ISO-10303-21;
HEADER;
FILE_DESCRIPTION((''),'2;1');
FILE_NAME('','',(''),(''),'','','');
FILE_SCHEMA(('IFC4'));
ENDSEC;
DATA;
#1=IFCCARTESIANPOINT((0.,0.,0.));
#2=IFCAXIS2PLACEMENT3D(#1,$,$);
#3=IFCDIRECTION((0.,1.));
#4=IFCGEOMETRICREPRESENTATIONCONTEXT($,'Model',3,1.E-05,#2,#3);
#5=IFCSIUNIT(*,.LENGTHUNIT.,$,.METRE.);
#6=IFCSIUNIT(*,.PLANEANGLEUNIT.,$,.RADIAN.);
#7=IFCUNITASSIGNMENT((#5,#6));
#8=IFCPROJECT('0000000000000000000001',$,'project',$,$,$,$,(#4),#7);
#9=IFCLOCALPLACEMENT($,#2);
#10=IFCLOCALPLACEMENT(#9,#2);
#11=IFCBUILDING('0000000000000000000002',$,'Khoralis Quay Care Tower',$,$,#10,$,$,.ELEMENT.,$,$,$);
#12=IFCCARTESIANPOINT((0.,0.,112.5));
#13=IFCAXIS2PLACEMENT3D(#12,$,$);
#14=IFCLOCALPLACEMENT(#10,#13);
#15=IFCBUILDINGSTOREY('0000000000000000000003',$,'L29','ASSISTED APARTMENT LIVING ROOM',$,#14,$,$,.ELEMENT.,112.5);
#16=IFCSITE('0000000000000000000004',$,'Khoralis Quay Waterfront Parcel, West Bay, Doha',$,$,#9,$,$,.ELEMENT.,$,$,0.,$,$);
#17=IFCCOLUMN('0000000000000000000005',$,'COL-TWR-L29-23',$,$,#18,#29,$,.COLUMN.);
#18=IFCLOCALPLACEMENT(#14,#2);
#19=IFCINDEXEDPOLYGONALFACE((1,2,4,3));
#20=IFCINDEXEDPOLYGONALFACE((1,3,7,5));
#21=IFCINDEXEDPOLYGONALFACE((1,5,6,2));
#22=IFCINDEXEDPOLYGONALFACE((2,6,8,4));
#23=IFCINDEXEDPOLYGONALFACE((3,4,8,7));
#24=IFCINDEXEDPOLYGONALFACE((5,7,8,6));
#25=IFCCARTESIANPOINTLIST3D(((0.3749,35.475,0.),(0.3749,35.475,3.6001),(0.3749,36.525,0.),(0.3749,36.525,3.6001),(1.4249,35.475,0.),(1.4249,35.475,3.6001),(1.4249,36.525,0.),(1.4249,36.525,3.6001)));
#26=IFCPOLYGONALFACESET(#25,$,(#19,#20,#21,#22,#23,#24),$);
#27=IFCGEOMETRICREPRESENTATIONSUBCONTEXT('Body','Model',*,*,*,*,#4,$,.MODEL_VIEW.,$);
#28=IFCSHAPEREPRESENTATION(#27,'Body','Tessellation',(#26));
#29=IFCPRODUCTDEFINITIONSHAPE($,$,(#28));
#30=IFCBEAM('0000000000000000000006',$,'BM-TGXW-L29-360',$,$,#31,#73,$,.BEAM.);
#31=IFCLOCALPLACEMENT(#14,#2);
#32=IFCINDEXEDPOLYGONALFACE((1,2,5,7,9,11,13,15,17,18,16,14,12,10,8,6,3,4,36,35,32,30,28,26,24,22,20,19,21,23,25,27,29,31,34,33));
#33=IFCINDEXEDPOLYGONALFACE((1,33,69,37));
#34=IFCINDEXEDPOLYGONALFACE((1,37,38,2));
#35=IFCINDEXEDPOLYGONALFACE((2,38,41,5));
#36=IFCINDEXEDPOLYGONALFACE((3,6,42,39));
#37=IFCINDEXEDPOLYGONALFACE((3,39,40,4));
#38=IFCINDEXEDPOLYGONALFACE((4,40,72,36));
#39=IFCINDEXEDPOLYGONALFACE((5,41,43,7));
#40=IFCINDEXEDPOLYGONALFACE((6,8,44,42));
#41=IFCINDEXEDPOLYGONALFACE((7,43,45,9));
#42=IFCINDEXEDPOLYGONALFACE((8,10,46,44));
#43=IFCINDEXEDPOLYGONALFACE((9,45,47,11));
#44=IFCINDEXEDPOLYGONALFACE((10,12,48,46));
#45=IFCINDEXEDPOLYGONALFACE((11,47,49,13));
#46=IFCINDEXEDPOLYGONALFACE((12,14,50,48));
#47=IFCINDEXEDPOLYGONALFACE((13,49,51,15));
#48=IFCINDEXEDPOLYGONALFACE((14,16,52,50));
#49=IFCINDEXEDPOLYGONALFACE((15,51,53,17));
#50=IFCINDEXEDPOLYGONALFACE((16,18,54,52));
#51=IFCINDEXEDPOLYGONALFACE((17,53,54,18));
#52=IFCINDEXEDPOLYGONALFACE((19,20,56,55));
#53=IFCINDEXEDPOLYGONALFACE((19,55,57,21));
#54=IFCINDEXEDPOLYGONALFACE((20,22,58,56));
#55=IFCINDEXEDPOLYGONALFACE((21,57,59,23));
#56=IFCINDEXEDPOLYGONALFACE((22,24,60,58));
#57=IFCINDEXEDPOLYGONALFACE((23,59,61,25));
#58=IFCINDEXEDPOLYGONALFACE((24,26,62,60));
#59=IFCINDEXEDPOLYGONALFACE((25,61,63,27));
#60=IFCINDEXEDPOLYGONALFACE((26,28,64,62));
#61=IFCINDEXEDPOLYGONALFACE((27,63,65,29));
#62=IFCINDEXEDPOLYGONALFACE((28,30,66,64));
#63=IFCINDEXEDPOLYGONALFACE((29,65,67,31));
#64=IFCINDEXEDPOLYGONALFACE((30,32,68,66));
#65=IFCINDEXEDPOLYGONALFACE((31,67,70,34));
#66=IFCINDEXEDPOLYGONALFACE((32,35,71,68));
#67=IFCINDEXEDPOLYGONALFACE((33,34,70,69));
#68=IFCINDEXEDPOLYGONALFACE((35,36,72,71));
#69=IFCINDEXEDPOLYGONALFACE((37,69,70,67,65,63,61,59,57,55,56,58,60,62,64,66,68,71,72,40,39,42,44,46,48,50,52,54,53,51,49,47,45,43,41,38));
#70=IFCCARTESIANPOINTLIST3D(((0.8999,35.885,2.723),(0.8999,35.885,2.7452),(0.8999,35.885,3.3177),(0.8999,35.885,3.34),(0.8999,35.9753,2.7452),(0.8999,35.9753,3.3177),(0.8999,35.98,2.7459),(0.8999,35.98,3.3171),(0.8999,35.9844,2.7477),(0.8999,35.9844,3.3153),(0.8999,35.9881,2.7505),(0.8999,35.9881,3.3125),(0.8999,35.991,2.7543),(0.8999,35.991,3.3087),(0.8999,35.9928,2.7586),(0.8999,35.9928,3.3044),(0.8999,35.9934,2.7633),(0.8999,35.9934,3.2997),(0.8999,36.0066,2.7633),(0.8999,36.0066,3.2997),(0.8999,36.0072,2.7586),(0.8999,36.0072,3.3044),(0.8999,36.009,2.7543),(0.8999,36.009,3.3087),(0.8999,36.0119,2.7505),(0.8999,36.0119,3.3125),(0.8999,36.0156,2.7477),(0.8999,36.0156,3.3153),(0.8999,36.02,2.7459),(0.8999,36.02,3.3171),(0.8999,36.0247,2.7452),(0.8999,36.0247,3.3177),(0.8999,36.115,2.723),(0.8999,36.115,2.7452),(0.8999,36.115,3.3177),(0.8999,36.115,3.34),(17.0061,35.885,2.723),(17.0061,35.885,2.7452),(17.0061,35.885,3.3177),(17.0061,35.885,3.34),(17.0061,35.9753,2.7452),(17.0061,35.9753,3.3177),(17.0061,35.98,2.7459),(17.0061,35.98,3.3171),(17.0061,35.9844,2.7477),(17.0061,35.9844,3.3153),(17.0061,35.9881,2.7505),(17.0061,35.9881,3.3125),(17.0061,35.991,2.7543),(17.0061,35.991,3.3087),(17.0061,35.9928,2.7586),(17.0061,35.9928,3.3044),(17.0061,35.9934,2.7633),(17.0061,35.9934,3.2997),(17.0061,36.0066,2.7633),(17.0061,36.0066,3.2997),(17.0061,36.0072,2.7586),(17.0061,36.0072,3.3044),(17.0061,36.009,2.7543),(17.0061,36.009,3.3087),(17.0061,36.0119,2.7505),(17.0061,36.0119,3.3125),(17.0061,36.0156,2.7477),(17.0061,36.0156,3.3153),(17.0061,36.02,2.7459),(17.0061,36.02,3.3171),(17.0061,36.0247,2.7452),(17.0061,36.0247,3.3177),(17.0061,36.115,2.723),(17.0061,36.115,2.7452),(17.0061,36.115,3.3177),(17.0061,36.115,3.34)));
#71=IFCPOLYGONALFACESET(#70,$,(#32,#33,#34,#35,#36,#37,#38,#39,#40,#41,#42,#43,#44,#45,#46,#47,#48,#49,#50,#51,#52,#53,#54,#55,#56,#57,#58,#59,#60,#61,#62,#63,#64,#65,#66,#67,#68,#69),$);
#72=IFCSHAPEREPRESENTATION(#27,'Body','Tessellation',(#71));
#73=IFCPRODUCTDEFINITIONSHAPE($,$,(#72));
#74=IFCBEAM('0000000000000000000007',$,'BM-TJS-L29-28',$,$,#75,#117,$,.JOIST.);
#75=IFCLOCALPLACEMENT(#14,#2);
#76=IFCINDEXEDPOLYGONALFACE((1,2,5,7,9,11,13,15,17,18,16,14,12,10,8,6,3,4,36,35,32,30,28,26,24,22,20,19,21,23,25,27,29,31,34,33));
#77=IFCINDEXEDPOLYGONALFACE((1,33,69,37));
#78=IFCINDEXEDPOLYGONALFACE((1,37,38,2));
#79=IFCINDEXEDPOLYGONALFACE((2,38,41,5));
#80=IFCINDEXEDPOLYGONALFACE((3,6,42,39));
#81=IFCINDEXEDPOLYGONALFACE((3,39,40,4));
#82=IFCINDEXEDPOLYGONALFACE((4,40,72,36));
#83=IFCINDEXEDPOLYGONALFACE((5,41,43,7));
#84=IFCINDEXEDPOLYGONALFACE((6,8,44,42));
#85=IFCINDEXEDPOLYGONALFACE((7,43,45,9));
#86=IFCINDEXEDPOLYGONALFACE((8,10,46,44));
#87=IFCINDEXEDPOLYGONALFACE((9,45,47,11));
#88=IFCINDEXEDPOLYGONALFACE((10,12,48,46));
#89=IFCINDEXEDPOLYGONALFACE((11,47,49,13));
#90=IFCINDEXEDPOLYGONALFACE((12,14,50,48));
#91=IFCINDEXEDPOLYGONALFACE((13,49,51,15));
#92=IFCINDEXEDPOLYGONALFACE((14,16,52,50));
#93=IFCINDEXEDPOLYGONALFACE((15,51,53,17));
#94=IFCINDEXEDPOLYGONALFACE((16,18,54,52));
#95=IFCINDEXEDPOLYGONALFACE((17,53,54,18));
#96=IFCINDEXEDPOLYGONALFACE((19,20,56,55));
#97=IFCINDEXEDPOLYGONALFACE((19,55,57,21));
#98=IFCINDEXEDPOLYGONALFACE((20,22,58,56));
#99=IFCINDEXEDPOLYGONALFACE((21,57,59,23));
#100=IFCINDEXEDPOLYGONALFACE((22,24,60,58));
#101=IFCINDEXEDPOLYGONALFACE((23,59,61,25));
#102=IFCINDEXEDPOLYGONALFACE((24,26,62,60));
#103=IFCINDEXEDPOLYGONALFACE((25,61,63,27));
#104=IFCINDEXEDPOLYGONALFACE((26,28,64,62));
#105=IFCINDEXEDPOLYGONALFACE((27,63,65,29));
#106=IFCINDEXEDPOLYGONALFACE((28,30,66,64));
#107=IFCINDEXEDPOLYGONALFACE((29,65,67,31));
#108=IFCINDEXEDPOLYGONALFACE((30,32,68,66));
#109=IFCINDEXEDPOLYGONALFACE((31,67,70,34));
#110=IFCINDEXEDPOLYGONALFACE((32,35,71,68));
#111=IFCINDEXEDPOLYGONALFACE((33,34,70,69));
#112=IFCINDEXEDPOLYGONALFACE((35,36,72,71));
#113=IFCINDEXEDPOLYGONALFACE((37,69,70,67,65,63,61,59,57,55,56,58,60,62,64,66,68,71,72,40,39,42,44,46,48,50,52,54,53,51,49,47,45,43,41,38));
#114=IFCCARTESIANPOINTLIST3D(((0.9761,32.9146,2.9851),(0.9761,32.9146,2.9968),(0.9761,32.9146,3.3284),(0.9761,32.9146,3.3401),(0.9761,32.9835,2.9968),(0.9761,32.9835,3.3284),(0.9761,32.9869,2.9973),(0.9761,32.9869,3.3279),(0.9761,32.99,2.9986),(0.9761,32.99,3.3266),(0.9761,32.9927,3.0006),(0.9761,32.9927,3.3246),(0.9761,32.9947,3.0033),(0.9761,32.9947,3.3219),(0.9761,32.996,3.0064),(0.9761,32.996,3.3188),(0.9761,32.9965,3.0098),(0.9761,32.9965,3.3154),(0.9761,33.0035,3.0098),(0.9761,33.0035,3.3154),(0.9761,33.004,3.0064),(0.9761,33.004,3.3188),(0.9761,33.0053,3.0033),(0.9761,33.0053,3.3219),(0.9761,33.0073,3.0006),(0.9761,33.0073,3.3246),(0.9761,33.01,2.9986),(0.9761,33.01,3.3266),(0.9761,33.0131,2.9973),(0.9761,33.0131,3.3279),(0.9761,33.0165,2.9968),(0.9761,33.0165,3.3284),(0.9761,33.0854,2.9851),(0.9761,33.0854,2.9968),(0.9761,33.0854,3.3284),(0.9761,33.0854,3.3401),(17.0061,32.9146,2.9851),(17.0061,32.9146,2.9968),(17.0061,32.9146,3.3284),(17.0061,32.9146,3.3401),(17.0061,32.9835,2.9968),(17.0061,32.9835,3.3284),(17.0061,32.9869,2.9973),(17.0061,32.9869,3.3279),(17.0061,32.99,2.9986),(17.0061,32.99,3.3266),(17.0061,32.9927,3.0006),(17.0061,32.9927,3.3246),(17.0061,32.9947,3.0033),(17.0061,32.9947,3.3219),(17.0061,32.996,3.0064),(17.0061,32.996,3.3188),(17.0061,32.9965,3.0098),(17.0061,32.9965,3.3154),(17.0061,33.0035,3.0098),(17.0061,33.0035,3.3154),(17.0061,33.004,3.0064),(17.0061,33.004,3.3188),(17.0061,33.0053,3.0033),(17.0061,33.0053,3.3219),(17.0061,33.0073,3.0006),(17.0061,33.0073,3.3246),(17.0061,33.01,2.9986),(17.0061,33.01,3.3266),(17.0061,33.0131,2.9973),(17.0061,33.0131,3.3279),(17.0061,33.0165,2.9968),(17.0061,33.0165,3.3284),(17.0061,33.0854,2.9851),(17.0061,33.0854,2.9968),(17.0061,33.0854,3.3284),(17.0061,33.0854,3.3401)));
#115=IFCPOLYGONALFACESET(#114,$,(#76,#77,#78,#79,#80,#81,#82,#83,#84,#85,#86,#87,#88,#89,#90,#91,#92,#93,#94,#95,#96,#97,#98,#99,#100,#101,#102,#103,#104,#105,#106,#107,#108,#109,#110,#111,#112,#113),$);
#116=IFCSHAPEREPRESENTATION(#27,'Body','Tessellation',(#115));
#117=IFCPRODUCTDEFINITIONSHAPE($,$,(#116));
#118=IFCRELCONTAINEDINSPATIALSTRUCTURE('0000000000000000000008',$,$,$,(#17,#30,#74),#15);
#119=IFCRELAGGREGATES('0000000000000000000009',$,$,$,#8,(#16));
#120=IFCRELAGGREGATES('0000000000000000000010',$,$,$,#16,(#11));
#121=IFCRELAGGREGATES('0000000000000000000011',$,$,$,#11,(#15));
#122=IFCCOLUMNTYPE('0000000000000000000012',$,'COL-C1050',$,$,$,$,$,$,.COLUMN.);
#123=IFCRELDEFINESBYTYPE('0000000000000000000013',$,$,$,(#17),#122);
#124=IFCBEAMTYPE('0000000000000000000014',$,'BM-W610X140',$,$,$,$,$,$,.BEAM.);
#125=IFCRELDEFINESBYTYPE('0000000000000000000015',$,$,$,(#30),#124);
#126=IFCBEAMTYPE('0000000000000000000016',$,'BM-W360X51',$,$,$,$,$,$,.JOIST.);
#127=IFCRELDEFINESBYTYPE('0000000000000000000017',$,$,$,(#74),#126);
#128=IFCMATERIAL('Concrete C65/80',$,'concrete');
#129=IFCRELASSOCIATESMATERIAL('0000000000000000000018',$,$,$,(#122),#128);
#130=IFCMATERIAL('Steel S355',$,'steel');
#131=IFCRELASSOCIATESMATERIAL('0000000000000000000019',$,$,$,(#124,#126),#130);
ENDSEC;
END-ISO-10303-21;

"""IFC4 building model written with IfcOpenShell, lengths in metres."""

from ifc_helpers import new_model, si_unit, direction, frame, origin, origin_2d, place, context, subcontext, project, spatial, rectangle, i_section, extrude, source, transform, mapped, material, material_profile, profile_set, type_object, element, save


model = new_model("IFC4")

# Units and contexts
model_context = context("Model", 3, precision=1e-05, world=origin(), true_north=direction((0.0, 1.0)))
body_context = subcontext(model_context, "Body", "Model", "MODEL_VIEW")
ifc_project = project(units=[si_unit("LENGTHUNIT", "METRE"), si_unit("PLANEANGLEUNIT", "RADIAN")], contexts=[model_context])

# Site, building, storey
site_placement = place(None, origin())
site = spatial("IfcSite", under=ifc_project, at=site_placement, Name="Khoralis Quay Waterfront Parcel, West Bay, Doha", CompositionType="ELEMENT", RefElevation=0.0)
building_placement = place(site_placement, origin())
building = spatial("IfcBuilding", under=site, at=building_placement, Name="Khoralis Quay Care Tower", CompositionType="ELEMENT")
storey_placement = place(building_placement, frame((0.0, 0.0, 112.5)))
storey = spatial("IfcBuildingStorey", under=building, at=storey_placement, Name="L29", Description="ASSISTED APARTMENT LIVING ROOM", CompositionType="ELEMENT", Elevation=112.5)

# Column
ifc_material_1 = material(Name="Concrete C65/80", Category="concrete")
ifc_material_profile_1 = material_profile(ifc_material_1, rectangle(XDim=1.05, YDim=1.05, at=origin_2d()), Name="Concrete C65/80")
ifc_profile_set_1 = profile_set([ifc_material_profile_1], Name="Concrete C65/80")
column_type = type_object("IfcColumnType", Name="COL-C1050", PredefinedType="COLUMN", material=ifc_profile_set_1)
shared_shape_1 = source(origin(), body_context, "Body", "SweptSolid", [
    extrude(rectangle(XDim=1.05, YDim=1.05, at=origin_2d()), origin(), (0.0, 0.0, 1.0), 3.6001),
])
column_placement = place(storey_placement, frame((0.8999, 36.0, 0.0), z_axis=(0.0, 0.0, 1.0), x_axis=(1.0, 0.0, 0.0)))
element("IfcColumn", 1, at=column_placement, inside=storey, type_object=column_type, Name="COL-TWR-L29-23", PredefinedType="COLUMN", context=body_context, shape_type="MappedRepresentation", body=[
    mapped(shared_shape_1, transform((0.0, 0.0, 0.0), scale=1.0)),
])

# Beams
ifc_material_2 = material(Name="Steel S355", Category="steel")
ifc_material_profile_2 = material_profile(ifc_material_2, i_section(OverallWidth=0.23, OverallDepth=0.6169, WebThickness=0.0132, FlangeThickness=0.0222, FilletRadius=0.0181, at=origin_2d()), Name="Steel S355")
ifc_profile_set_2 = profile_set([ifc_material_profile_2], Name="Steel S355")
beam_type_1 = type_object("IfcBeamType", Name="BM-W610X140", PredefinedType="BEAM", material=ifc_profile_set_2)
shared_shape_2 = source(origin(), body_context, "Body", "SweptSolid", [
    extrude(i_section(OverallWidth=0.23, OverallDepth=0.6169, WebThickness=0.0132, FlangeThickness=0.0222, FilletRadius=0.0181, at=origin_2d()), origin(), (0.0, 0.0, 1.0), 16.1062),
])
beam_1_placement = place(storey_placement, frame((0.8999, 36.0, 3.0315), z_axis=(1.0, 0.0, 0.0), x_axis=(0.0, 1.0, 0.0)))
element("IfcBeam", 2, at=beam_1_placement, inside=storey, type_object=beam_type_1, Name="BM-TGXW-L29-360", PredefinedType="BEAM", context=body_context, shape_type="MappedRepresentation", body=[
    mapped(shared_shape_2, transform((0.0, 0.0, 0.0), scale=1.0)),
])
ifc_material_profile_3 = material_profile(ifc_material_2, i_section(OverallWidth=0.1709, OverallDepth=0.355, WebThickness=0.0071, FlangeThickness=0.0117, FilletRadius=0.0129, at=origin_2d()), Name="Steel S355")
ifc_profile_set_3 = profile_set([ifc_material_profile_3], Name="Steel S355")
beam_type_2 = type_object("IfcBeamType", Name="BM-W360X51", PredefinedType="JOIST", material=ifc_profile_set_3)
shared_shape_3 = source(origin(), body_context, "Body", "SweptSolid", [
    extrude(i_section(OverallWidth=0.1709, OverallDepth=0.355, WebThickness=0.0071, FlangeThickness=0.0117, FilletRadius=0.0129, at=origin_2d()), origin(), (0.0, 0.0, 1.0), 16.03),
])
beam_2_placement = place(storey_placement, frame((0.9761, 33.0, 3.1626), z_axis=(1.0, 0.0, 0.0), x_axis=(0.0, 1.0, 0.0)))
element("IfcBeam", 3, at=beam_2_placement, inside=storey, type_object=beam_type_2, Name="BM-TJS-L29-28", PredefinedType="JOIST", context=body_context, shape_type="MappedRepresentation", body=[
    mapped(shared_shape_3, transform((0.0, 0.0, 0.0), scale=1.0)),
])

save(model, "model.ifc")
